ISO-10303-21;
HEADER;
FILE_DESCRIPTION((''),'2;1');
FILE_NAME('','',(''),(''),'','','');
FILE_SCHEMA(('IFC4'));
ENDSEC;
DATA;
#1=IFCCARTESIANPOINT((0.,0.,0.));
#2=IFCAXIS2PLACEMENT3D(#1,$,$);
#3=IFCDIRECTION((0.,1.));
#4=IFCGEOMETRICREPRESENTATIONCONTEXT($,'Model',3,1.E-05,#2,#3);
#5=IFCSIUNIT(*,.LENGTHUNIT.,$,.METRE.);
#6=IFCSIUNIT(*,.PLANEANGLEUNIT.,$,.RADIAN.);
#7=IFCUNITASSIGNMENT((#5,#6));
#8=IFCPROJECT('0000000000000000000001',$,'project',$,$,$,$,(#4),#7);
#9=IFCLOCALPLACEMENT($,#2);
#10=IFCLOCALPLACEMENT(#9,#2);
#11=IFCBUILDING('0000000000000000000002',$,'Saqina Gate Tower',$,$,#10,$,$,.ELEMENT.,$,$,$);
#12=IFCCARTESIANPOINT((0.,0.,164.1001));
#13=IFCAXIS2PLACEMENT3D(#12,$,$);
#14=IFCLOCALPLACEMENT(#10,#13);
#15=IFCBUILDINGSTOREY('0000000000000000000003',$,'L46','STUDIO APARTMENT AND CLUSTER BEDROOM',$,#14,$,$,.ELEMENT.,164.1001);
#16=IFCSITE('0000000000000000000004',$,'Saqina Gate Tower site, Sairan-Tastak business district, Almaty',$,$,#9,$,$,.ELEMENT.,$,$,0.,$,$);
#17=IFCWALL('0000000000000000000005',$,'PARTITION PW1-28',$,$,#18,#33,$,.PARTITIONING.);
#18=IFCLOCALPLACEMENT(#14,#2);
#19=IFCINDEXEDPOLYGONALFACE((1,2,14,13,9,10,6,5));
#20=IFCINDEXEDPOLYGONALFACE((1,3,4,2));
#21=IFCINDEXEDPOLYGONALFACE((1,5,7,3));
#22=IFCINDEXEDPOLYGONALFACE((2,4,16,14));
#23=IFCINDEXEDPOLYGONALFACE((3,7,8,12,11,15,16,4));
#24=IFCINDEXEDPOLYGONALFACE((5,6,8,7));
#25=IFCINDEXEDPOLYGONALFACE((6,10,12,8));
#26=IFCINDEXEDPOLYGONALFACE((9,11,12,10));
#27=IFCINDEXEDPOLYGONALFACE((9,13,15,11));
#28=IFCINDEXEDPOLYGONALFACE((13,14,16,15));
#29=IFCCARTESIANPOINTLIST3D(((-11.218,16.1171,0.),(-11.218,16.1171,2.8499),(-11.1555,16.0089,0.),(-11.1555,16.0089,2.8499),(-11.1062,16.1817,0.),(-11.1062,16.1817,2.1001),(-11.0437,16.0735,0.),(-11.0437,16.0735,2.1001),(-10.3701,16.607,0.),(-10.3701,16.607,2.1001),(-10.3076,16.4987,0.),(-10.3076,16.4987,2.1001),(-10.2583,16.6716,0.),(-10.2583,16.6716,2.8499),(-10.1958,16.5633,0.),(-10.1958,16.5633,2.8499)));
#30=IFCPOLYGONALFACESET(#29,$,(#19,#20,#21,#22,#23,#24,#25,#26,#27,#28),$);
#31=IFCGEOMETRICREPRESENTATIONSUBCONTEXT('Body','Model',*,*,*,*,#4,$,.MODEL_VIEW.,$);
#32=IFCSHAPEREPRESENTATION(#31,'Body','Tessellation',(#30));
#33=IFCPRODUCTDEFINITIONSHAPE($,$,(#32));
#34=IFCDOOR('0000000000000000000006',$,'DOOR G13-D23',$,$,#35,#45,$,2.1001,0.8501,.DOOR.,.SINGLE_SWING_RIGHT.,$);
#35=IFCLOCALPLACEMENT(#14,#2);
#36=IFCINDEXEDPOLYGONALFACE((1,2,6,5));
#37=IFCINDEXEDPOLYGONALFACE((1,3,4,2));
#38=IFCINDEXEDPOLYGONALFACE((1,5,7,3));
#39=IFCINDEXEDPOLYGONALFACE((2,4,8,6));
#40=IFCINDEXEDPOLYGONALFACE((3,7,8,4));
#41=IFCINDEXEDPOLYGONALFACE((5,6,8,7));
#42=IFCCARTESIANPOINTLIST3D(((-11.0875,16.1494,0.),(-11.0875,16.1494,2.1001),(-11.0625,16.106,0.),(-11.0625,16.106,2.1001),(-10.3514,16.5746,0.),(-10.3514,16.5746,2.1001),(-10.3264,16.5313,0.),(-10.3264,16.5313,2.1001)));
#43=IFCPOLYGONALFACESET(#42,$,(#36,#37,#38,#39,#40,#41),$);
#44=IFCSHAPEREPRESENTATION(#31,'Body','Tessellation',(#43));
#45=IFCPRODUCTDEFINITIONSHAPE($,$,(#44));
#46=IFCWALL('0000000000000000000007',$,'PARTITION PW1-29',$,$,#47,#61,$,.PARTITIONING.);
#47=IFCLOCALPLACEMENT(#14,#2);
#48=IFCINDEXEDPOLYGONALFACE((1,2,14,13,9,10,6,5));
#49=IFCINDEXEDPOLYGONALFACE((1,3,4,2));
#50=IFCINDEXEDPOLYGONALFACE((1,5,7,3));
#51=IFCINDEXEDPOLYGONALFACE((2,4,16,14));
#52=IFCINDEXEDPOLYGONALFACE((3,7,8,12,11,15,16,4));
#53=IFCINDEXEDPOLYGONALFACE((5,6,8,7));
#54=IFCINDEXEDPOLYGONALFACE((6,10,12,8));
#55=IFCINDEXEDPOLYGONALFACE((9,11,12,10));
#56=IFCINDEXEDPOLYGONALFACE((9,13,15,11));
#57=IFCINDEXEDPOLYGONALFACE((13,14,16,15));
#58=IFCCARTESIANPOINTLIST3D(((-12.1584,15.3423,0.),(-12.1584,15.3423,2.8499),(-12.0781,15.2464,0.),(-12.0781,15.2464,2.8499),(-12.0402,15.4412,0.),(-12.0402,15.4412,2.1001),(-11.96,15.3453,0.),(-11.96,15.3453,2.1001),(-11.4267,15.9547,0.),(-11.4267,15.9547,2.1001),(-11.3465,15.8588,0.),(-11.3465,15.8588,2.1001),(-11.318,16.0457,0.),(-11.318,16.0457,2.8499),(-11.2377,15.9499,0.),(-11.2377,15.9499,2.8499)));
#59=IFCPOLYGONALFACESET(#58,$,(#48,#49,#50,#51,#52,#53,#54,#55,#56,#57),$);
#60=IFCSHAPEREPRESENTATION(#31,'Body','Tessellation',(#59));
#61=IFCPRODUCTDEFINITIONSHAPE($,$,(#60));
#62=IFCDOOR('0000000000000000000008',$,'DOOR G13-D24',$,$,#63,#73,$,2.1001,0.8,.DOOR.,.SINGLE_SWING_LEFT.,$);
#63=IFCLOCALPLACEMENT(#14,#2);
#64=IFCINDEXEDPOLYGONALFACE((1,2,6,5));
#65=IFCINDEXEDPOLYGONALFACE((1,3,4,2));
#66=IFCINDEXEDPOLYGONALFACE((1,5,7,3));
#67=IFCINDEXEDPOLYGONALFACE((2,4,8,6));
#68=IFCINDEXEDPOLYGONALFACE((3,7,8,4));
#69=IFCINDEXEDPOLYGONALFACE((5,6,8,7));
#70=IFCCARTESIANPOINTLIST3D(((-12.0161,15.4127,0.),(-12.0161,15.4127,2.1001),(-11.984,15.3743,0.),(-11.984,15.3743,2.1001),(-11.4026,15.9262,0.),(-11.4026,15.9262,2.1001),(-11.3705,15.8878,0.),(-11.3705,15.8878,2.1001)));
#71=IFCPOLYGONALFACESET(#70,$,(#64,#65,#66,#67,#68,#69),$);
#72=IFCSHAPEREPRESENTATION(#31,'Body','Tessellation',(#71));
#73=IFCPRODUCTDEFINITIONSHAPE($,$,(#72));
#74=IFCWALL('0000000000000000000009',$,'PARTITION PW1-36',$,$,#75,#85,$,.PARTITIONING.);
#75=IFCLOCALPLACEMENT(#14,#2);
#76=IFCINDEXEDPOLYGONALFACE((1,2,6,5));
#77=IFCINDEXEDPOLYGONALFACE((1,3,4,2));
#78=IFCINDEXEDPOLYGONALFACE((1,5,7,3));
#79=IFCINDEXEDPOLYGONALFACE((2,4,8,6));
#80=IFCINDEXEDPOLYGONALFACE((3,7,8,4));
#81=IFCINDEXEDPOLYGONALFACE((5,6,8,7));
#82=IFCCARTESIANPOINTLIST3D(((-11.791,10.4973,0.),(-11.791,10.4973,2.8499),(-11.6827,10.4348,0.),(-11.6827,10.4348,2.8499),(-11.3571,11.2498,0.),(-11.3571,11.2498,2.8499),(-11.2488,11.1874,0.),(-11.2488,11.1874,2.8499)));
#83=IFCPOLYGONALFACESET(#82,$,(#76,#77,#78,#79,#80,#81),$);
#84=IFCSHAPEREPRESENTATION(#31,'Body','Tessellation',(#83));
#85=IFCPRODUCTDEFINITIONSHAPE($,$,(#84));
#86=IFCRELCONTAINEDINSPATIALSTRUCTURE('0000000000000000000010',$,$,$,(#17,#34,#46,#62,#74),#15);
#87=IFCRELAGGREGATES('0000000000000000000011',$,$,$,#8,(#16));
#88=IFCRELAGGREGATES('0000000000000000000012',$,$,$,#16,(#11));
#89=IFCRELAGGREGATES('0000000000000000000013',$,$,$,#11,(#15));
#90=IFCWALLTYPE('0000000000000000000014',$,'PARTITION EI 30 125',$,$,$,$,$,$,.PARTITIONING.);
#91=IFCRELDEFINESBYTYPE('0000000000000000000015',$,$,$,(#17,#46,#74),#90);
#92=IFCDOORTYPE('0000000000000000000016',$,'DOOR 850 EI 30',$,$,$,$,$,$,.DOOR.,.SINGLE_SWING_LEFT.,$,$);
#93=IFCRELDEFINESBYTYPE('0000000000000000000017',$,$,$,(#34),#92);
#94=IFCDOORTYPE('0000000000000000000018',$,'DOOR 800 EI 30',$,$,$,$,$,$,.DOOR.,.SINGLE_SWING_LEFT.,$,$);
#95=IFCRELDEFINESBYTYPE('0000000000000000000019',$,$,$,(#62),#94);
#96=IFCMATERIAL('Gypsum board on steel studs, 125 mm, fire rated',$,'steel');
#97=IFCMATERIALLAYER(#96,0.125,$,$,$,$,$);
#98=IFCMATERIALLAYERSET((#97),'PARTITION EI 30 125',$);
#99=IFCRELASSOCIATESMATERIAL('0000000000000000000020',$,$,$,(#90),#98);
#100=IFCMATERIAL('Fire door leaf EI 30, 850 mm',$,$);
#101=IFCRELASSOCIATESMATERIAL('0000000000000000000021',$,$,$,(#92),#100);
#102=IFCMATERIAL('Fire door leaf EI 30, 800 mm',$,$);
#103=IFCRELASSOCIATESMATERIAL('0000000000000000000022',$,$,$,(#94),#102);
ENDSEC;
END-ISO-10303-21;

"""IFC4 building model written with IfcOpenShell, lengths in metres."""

from ifc_helpers import new_model, si_unit, direction, frame, frame_2d, origin, place, context, subcontext, project, spatial, rectangle, extrude, material, layer, layer_set, type_object, element, fill, save


model = new_model("IFC4")

# Units and contexts
model_context = context("Model", 3, precision=1e-05, world=origin(), true_north=direction((0.0, 1.0)))
body_context = subcontext(model_context, "Body", "Model", "MODEL_VIEW")
ifc_project = project(units=[si_unit("LENGTHUNIT", "METRE"), si_unit("PLANEANGLEUNIT", "RADIAN")], contexts=[model_context])

# Site, building, storey
site_placement = place(None, origin())
site = spatial("IfcSite", under=ifc_project, at=site_placement, Name="Saqina Gate Tower site, Sairan-Tastak business district, Almaty", CompositionType="ELEMENT", RefElevation=0.0)
building_placement = place(site_placement, origin())
building = spatial("IfcBuilding", under=site, at=building_placement, Name="Saqina Gate Tower", CompositionType="ELEMENT")
storey_placement = place(building_placement, frame((0.0, 0.0, 164.1001)))
storey = spatial("IfcBuildingStorey", under=building, at=storey_placement, Name="L46", Description="STUDIO APARTMENT AND CLUSTER BEDROOM", CompositionType="ELEMENT", Elevation=164.1001)

# Shared definitions
ifc_material_1 = material(Name="Gypsum board on steel studs, 125 mm, fire rated", Category="steel")
ifc_layer_1 = layer(ifc_material_1, 0.125)
ifc_layer_set_1 = layer_set([ifc_layer_1], Name="PARTITION EI 30 125")
wall_type_1 = type_object("IfcWallType", Name="PARTITION EI 30 125", PredefinedType="PARTITIONING", material=ifc_layer_set_1)

# Walls, openings, doors
wall_1_placement = place(storey_placement, frame((-11.1868, 16.063, 0.0), z_axis=(0.0, 0.0, 1.0), x_axis=(0.865888, 0.500237, 0.0)))
wall_1 = element("IfcWall", 1, at=wall_1_placement, inside=storey, type_object=wall_type_1, Name="PARTITION PW1-28", PredefinedType="PARTITIONING", context=body_context, shape_type="SweptSolid", body=[
    extrude(rectangle(XDim=1.1084, YDim=0.125, at=frame_2d((0.5542, 0.0))), origin(), (0.0, 0.0, 1.0), 2.8499),
])
opening_1_placement = place(wall_1_placement, frame((0.1292, 0.0, 0.0)))
opening_1 = element("IfcOpeningElement", 2, at=opening_1_placement, cuts=wall_1, PredefinedType="OPENING", context=body_context, shape_type="SweptSolid", body=[
    extrude(rectangle(XDim=0.8501, YDim=2.1001, at=frame_2d((0.425, 1.05))), frame((0.0, 0.0745, 0.0), z_axis=(0.0, -1.0, 0.0), x_axis=(1.0, 0.0, 0.0)), (0.0, 0.0, 1.0), 0.1489),
])
ifc_material_2 = material(Name="Fire door leaf EI 30, 850 mm")
door_type_1 = type_object("IfcDoorType", Name="DOOR 850 EI 30", OperationType="SINGLE_SWING_LEFT", PredefinedType="DOOR", material=ifc_material_2)
door_1_placement = place(opening_1_placement, frame((0.8501, 0.0, 0.0), z_axis=(0.0, 0.0, 1.0), x_axis=(-1.0, 0.0, 0.0)))
door_1 = element("IfcDoor", 3, at=door_1_placement, inside=storey, type_object=door_type_1, Name="DOOR G13-D23", OperationType="SINGLE_SWING_RIGHT", OverallHeight=2.1001, OverallWidth=0.8501, PredefinedType="DOOR", context=body_context, shape_type="SweptSolid", body=[
    extrude(rectangle(XDim=0.8501, YDim=2.1001, at=frame_2d((0.425, 1.05))), frame((0.0, 0.0249, 0.0), z_axis=(0.0, -1.0, 0.0), x_axis=(1.0, 0.0, 0.0)), (0.0, 0.0, 1.0), 0.05),
])
fill(opening_1, door_1)
wall_2_placement = place(storey_placement, frame((-12.1182, 15.2944, 0.0), z_axis=(0.0, 0.0, 1.0), x_axis=(0.766832, 0.641848, 0.0)))
wall_2 = element("IfcWall", 4, at=wall_2_placement, inside=storey, type_object=wall_type_1, Name="PARTITION PW1-29", PredefinedType="PARTITIONING", context=body_context, shape_type="SweptSolid", body=[
    extrude(rectangle(XDim=1.0959, YDim=0.125, at=frame_2d((0.5479, 0.0))), origin(), (0.0, 0.0, 1.0), 2.8499),
])
opening_2_placement = place(wall_2_placement, frame((0.1541, 0.0, 0.0)))
opening_2 = element("IfcOpeningElement", 5, at=opening_2_placement, cuts=wall_2, PredefinedType="OPENING", context=body_context, shape_type="SweptSolid", body=[
    extrude(rectangle(XDim=0.8, YDim=2.1001, at=frame_2d((0.3999, 1.05))), frame((0.0, 0.0745, 0.0), z_axis=(0.0, -1.0, 0.0), x_axis=(1.0, 0.0, 0.0)), (0.0, 0.0, 1.0), 0.1489),
])
ifc_material_3 = material(Name="Fire door leaf EI 30, 800 mm")
door_type_2 = type_object("IfcDoorType", Name="DOOR 800 EI 30", OperationType="SINGLE_SWING_LEFT", PredefinedType="DOOR", material=ifc_material_3)
door_2_placement = place(opening_2_placement, frame((0.8, 0.0, 0.0), z_axis=(0.0, 0.0, 1.0), x_axis=(-1.0, 0.0, 0.0)))
door_2 = element("IfcDoor", 6, at=door_2_placement, inside=storey, type_object=door_type_2, Name="DOOR G13-D24", OperationType="SINGLE_SWING_LEFT", OverallHeight=2.1001, OverallWidth=0.8, PredefinedType="DOOR", context=body_context, shape_type="SweptSolid", body=[
    extrude(rectangle(XDim=0.8, YDim=2.1001, at=frame_2d((0.3999, 1.05))), frame((0.0, 0.0249, 0.0), z_axis=(0.0, -1.0, 0.0), x_axis=(1.0, 0.0, 0.0)), (0.0, 0.0, 1.0), 0.05),
])
fill(opening_2, door_2)

# Wall
wall_3_placement = place(storey_placement, frame((-11.7368, 10.4661, 0.0), z_axis=(0.0, 0.0, 1.0), x_axis=(0.499495, 0.866317, 0.0)))
element("IfcWall", 7, at=wall_3_placement, inside=storey, type_object=wall_type_1, Name="PARTITION PW1-36", PredefinedType="PARTITIONING", context=body_context, shape_type="SweptSolid", body=[
    extrude(rectangle(XDim=0.8687, YDim=0.125, at=frame_2d((0.4343, 0.0))), origin(), (0.0, 0.0, 1.0), 2.8499),
])

save(model, "model.ifc")
